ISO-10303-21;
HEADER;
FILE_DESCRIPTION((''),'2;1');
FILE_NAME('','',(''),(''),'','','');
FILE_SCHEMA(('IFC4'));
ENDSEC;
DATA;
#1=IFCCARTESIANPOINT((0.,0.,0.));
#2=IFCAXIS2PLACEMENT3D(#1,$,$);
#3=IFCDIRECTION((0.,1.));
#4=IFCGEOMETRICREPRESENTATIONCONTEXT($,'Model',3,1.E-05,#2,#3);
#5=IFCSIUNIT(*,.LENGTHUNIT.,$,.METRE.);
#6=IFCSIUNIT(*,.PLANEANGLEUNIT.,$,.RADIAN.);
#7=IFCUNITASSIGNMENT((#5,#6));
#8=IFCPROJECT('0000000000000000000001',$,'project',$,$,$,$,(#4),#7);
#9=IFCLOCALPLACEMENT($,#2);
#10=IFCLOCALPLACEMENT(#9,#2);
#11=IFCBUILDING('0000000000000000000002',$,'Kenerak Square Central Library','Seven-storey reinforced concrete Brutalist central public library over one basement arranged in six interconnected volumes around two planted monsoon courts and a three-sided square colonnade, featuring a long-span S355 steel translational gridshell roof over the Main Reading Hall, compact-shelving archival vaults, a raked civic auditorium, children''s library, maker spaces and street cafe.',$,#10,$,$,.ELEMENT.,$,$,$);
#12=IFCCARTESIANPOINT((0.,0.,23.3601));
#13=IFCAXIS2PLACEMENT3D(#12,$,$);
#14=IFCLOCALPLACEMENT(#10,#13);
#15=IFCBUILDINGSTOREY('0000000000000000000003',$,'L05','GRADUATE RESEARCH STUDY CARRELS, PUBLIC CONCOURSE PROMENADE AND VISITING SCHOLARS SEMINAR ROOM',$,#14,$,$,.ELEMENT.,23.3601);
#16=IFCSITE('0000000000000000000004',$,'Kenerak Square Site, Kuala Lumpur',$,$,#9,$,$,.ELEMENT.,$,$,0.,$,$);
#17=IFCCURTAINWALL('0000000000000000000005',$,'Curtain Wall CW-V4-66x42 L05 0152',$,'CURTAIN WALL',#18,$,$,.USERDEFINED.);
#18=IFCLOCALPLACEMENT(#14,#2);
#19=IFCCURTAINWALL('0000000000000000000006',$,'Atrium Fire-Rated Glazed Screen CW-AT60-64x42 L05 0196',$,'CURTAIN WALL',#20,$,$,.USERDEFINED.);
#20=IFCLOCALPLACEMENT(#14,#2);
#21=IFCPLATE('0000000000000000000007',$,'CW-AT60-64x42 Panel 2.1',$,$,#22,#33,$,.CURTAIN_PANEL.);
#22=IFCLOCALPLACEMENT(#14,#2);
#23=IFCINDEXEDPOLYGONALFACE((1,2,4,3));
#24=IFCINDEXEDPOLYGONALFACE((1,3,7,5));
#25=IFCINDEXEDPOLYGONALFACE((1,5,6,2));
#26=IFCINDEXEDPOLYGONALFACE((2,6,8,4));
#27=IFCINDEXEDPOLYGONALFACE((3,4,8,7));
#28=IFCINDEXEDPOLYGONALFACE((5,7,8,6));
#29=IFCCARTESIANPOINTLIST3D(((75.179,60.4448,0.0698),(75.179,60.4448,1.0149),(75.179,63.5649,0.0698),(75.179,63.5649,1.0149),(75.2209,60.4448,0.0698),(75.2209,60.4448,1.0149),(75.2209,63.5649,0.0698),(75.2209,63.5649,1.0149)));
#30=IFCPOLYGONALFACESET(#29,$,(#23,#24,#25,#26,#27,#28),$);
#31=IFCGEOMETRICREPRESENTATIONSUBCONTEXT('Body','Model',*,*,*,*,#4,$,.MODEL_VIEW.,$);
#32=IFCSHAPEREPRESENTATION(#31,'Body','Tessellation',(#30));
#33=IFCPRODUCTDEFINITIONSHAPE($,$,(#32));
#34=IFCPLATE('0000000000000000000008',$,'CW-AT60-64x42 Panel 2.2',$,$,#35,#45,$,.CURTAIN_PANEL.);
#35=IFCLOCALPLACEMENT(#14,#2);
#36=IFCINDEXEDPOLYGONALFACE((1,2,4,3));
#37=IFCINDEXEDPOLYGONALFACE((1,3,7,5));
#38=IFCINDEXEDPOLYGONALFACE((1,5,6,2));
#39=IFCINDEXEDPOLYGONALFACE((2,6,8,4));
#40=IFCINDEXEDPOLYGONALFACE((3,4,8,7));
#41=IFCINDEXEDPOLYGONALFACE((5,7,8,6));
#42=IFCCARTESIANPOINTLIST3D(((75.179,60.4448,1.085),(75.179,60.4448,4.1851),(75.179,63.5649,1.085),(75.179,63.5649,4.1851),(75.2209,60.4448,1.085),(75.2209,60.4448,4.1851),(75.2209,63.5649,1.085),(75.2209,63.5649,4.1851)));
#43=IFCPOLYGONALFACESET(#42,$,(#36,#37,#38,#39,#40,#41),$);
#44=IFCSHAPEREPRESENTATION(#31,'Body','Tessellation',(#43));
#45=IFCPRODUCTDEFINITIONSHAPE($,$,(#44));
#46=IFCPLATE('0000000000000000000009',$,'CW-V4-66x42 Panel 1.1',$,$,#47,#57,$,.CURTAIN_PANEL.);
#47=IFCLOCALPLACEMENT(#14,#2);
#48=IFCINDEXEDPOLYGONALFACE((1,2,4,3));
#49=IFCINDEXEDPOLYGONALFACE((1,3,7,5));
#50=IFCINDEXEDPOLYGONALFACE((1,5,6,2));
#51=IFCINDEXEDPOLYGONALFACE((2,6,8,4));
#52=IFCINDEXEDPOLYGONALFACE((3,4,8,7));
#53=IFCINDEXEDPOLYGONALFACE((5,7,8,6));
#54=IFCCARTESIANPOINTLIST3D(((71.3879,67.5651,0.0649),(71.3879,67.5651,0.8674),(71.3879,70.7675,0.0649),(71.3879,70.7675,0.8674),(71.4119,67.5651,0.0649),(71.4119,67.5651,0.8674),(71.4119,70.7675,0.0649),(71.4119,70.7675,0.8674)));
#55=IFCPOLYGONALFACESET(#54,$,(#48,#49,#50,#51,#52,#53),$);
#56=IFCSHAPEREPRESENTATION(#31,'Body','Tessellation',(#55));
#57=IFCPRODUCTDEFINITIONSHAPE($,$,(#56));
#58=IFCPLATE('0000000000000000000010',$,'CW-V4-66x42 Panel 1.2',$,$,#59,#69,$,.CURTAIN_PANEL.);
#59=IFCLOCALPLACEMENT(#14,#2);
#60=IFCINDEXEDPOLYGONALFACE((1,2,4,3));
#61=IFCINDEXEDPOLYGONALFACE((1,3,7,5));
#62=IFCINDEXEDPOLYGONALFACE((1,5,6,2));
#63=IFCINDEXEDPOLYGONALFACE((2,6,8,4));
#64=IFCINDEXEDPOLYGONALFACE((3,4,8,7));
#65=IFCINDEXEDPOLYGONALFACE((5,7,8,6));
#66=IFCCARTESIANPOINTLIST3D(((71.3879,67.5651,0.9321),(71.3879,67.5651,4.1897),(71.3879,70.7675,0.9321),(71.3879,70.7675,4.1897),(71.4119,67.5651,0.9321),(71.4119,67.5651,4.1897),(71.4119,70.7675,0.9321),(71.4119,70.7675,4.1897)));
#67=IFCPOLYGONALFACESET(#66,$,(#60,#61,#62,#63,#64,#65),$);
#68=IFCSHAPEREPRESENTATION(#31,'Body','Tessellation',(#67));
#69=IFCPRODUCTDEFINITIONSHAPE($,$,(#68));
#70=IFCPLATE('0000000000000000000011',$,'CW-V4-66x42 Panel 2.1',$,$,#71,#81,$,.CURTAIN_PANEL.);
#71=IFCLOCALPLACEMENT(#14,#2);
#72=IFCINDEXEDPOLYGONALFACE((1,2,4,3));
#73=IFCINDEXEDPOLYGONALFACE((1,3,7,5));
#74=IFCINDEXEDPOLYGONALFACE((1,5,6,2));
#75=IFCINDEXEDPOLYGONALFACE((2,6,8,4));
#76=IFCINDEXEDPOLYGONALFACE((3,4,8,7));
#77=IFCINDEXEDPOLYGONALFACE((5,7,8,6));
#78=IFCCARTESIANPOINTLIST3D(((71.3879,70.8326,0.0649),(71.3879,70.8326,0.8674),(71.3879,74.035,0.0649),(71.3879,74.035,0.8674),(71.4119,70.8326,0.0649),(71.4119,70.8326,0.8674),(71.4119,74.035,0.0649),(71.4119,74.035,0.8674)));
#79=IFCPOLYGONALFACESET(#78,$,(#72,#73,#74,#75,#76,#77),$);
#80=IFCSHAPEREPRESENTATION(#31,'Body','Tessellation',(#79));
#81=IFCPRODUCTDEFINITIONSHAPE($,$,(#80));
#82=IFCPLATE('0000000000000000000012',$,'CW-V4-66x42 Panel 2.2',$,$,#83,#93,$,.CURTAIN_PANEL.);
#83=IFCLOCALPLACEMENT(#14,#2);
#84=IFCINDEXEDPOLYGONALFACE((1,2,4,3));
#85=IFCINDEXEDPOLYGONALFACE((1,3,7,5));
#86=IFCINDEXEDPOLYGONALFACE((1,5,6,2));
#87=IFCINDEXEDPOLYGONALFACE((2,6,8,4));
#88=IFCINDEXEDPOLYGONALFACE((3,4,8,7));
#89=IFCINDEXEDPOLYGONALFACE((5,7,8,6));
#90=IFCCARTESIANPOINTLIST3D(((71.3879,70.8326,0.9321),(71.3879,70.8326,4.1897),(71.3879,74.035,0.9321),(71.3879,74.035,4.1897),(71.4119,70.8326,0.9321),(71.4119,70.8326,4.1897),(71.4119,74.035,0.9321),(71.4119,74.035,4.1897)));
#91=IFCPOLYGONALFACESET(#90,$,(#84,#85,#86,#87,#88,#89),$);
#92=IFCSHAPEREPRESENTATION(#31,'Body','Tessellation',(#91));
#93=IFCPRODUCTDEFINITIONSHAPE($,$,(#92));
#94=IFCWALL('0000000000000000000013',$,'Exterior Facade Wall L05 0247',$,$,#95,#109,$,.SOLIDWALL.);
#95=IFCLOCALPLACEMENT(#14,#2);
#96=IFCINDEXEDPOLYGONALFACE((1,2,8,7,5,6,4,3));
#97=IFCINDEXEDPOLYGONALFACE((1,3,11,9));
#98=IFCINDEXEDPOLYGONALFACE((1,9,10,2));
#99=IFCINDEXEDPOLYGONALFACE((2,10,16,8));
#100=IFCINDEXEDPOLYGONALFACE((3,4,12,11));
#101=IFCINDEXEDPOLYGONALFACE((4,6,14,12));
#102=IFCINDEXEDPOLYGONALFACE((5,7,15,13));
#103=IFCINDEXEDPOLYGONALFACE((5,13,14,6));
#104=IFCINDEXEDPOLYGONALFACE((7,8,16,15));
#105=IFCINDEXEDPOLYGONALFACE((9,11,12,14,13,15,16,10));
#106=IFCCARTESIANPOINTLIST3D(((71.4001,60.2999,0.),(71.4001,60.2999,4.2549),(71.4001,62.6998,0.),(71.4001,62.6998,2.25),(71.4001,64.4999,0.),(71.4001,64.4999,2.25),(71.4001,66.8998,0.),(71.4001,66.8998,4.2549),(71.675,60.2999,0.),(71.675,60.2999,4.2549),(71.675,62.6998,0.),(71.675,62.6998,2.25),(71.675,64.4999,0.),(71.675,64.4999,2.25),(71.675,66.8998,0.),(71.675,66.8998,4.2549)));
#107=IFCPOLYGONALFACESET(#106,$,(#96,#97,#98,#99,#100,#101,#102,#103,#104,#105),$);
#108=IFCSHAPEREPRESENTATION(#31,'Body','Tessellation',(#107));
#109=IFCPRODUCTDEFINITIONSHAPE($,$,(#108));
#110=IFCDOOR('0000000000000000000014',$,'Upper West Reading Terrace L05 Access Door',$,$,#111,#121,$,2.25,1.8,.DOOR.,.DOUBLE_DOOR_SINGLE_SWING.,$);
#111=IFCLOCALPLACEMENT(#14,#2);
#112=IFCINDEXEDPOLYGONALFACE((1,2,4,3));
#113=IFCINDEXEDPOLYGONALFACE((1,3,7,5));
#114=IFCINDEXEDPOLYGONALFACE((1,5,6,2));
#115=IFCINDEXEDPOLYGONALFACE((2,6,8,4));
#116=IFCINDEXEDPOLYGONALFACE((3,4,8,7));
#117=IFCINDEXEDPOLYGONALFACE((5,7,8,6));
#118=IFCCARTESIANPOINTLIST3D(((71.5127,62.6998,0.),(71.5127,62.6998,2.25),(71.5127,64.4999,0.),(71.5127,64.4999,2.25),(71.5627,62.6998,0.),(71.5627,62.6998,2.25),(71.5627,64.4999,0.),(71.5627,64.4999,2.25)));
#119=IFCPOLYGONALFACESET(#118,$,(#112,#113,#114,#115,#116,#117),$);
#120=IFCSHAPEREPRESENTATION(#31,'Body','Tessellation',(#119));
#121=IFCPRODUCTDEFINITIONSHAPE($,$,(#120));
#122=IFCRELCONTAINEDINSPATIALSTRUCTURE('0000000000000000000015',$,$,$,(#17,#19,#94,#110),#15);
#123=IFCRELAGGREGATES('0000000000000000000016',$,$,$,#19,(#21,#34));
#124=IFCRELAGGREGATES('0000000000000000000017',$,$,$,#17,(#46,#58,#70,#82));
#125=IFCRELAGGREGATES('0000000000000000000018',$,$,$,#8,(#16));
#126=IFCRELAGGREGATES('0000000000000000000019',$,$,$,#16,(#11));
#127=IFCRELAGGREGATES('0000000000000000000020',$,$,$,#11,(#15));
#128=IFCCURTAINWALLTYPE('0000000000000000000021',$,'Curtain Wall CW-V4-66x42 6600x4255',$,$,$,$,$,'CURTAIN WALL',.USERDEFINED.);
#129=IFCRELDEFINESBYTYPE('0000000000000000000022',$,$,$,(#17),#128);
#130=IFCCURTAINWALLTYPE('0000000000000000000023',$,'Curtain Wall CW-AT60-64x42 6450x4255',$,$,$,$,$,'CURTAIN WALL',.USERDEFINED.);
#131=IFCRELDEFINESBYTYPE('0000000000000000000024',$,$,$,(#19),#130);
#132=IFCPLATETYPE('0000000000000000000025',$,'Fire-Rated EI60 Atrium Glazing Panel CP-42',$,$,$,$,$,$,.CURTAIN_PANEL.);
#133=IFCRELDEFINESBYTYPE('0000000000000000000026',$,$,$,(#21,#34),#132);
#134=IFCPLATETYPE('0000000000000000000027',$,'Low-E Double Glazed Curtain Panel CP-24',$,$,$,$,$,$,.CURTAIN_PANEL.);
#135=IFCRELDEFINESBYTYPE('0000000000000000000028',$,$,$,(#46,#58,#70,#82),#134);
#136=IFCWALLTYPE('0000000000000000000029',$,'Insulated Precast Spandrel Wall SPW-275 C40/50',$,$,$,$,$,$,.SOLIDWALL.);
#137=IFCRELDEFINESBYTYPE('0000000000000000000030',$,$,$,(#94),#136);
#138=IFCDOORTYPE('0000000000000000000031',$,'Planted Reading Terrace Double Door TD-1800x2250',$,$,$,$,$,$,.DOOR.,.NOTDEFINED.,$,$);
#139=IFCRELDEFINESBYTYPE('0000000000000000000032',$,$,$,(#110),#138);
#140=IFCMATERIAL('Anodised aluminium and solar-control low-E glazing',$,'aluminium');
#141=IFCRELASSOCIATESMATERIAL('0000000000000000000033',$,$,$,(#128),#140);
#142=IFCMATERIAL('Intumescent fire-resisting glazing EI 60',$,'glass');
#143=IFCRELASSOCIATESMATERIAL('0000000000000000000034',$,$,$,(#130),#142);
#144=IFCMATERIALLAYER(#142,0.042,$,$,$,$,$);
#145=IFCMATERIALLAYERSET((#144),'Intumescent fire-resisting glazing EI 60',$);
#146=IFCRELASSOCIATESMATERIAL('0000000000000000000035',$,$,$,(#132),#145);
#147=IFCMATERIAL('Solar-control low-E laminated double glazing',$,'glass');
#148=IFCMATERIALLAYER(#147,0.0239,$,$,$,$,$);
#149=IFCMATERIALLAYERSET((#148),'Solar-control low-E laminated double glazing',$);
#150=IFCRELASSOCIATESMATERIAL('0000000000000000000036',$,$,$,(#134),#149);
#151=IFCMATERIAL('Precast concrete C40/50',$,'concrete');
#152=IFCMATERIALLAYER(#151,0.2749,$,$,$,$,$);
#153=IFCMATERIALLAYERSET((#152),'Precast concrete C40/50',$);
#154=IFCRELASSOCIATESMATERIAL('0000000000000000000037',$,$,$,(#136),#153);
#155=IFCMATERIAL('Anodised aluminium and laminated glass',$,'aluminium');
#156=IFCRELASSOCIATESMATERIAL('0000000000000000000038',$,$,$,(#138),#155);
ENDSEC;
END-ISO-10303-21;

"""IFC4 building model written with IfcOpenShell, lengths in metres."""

from ifc_helpers import new_model, si_unit, direction, frame, frame_2d, origin, origin_2d, place, context, subcontext, project, spatial, rectangle, extrude, material, layer, layer_set, type_object, element, fill, aggregate, save


model = new_model("IFC4")

# Units and contexts
model_context = context("Model", 3, precision=1e-05, world=origin(), true_north=direction((0.0, 1.0)))
body_context = subcontext(model_context, "Body", "Model", "MODEL_VIEW")
ifc_project = project(units=[si_unit("LENGTHUNIT", "METRE"), si_unit("PLANEANGLEUNIT", "RADIAN")], contexts=[model_context])

# Site, building, storey
site_placement = place(None, origin())
site = spatial("IfcSite", under=ifc_project, at=site_placement, Name="Kenerak Square Site, Kuala Lumpur", CompositionType="ELEMENT", RefElevation=0.0)
building_placement = place(site_placement, origin())
building = spatial("IfcBuilding", under=site, at=building_placement, Name="Kenerak Square Central Library", Description="Seven-storey reinforced concrete Brutalist central public library over one basement arranged in six interconnected volumes around two planted monsoon courts and a three-sided square colonnade, featuring a long-span S355 steel translational gridshell roof over the Main Reading Hall, compact-shelving archival vaults, a raked civic auditorium, children's library, maker spaces and street cafe.", CompositionType="ELEMENT")
storey_placement = place(building_placement, frame((0.0, 0.0, 23.3601)))
storey = spatial("IfcBuildingStorey", under=building, at=storey_placement, Name="L05", Description="GRADUATE RESEARCH STUDY CARRELS, PUBLIC CONCOURSE PROMENADE AND VISITING SCHOLARS SEMINAR ROOM", CompositionType="ELEMENT", Elevation=23.3601)

# Curtain wall
ifc_material_1 = material(Name="Anodised aluminium and solar-control low-E glazing", Category="aluminium")
curtain_wall_type_1 = type_object("IfcCurtainWallType", Name="Curtain Wall CW-V4-66x42 6600x4255", ElementType="CURTAIN WALL", PredefinedType="USERDEFINED", material=ifc_material_1)
curtain_wall_1_placement = place(storey_placement, origin())
curtain_wall_1 = element("IfcCurtainWall", 1, at=curtain_wall_1_placement, inside=storey, type_object=curtain_wall_type_1, Name="Curtain Wall CW-V4-66x42 L05 0152", ObjectType="CURTAIN WALL", PredefinedType="USERDEFINED")

# Curtain wall, plates
ifc_material_2 = material(Name="Intumescent fire-resisting glazing EI 60", Category="glass")
curtain_wall_type_2 = type_object("IfcCurtainWallType", Name="Curtain Wall CW-AT60-64x42 6450x4255", ElementType="CURTAIN WALL", PredefinedType="USERDEFINED", material=ifc_material_2)
curtain_wall_2_placement = place(storey_placement, origin())
curtain_wall_2 = element("IfcCurtainWall", 2, at=curtain_wall_2_placement, inside=storey, type_object=curtain_wall_type_2, Name="Atrium Fire-Rated Glazed Screen CW-AT60-64x42 L05 0196", ObjectType="CURTAIN WALL", PredefinedType="USERDEFINED")
ifc_layer_1 = layer(ifc_material_2, 0.042)
ifc_layer_set_1 = layer_set([ifc_layer_1], Name="Intumescent fire-resisting glazing EI 60")
plate_type_1 = type_object("IfcPlateType", Name="Fire-Rated EI60 Atrium Glazing Panel CP-42", PredefinedType="CURTAIN_PANEL", material=ifc_layer_set_1)
plate_1_placement = place(storey_placement, frame((75.2, 62.0049, 0.0698), z_axis=(0.0, 0.0, 1.0), x_axis=(0.0, -1.0, 0.0)))
plate_1 = element("IfcPlate", 3, at=plate_1_placement, type_object=plate_type_1, Name="CW-AT60-64x42 Panel 2.1", PredefinedType="CURTAIN_PANEL", context=body_context, shape_type="SweptSolid", body=[
    extrude(rectangle(XDim=3.1201, YDim=0.042, at=origin_2d()), origin(), (0.0, 0.0, 1.0), 0.9451),
])
plate_2_placement = place(storey_placement, frame((75.2, 62.0049, 1.085), z_axis=(0.0, 0.0, 1.0), x_axis=(0.0, -1.0, 0.0)))
plate_2 = element("IfcPlate", 4, at=plate_2_placement, type_object=plate_type_1, Name="CW-AT60-64x42 Panel 2.2", PredefinedType="CURTAIN_PANEL", context=body_context, shape_type="SweptSolid", body=[
    extrude(rectangle(XDim=3.1201, YDim=0.042, at=origin_2d()), origin(), (0.0, 0.0, 1.0), 3.1001),
])
aggregate(curtain_wall_2, [plate_1, plate_2])

# Plates
ifc_material_3 = material(Name="Solar-control low-E laminated double glazing", Category="glass")
ifc_layer_2 = layer(ifc_material_3, 0.0239)
ifc_layer_set_2 = layer_set([ifc_layer_2], Name="Solar-control low-E laminated double glazing")
plate_type_2 = type_object("IfcPlateType", Name="Low-E Double Glazed Curtain Panel CP-24", PredefinedType="CURTAIN_PANEL", material=ifc_layer_set_2)
plate_3_placement = place(storey_placement, frame((71.3999, 69.1663, 0.0649), z_axis=(0.0, 0.0, 1.0), x_axis=(0.0, 1.0, 0.0)))
plate_3 = element("IfcPlate", 5, at=plate_3_placement, type_object=plate_type_2, Name="CW-V4-66x42 Panel 1.1", PredefinedType="CURTAIN_PANEL", context=body_context, shape_type="SweptSolid", body=[
    extrude(rectangle(XDim=3.2024, YDim=0.0239, at=origin_2d()), origin(), (0.0, 0.0, 1.0), 0.8025),
])
plate_4_placement = place(storey_placement, frame((71.3999, 69.1663, 0.9321), z_axis=(0.0, 0.0, 1.0), x_axis=(0.0, 1.0, 0.0)))
plate_4 = element("IfcPlate", 6, at=plate_4_placement, type_object=plate_type_2, Name="CW-V4-66x42 Panel 1.2", PredefinedType="CURTAIN_PANEL", context=body_context, shape_type="SweptSolid", body=[
    extrude(rectangle(XDim=3.2024, YDim=0.0239, at=origin_2d()), origin(), (0.0, 0.0, 1.0), 3.2576),
])
plate_5_placement = place(storey_placement, frame((71.3999, 72.4338, 0.0649), z_axis=(0.0, 0.0, 1.0), x_axis=(0.0, 1.0, 0.0)))
plate_5 = element("IfcPlate", 7, at=plate_5_placement, type_object=plate_type_2, Name="CW-V4-66x42 Panel 2.1", PredefinedType="CURTAIN_PANEL", context=body_context, shape_type="SweptSolid", body=[
    extrude(rectangle(XDim=3.2024, YDim=0.0239, at=origin_2d()), origin(), (0.0, 0.0, 1.0), 0.8025),
])
plate_6_placement = place(storey_placement, frame((71.3999, 72.4338, 0.9321), z_axis=(0.0, 0.0, 1.0), x_axis=(0.0, 1.0, 0.0)))
plate_6 = element("IfcPlate", 8, at=plate_6_placement, type_object=plate_type_2, Name="CW-V4-66x42 Panel 2.2", PredefinedType="CURTAIN_PANEL", context=body_context, shape_type="SweptSolid", body=[
    extrude(rectangle(XDim=3.2024, YDim=0.0239, at=origin_2d()), origin(), (0.0, 0.0, 1.0), 3.2576),
])
aggregate(curtain_wall_1, [plate_3, plate_4, plate_5, plate_6])

# Wall, opening, door
ifc_material_4 = material(Name="Precast concrete C40/50", Category="concrete")
ifc_layer_3 = layer(ifc_material_4, 0.2749)
ifc_layer_set_3 = layer_set([ifc_layer_3], Name="Precast concrete C40/50")
wall_type = type_object("IfcWallType", Name="Insulated Precast Spandrel Wall SPW-275 C40/50", PredefinedType="SOLIDWALL", material=ifc_layer_set_3)
wall_placement = place(storey_placement, frame((71.5376, 60.3, 0.0), z_axis=(0.0, 0.0, 1.0), x_axis=(0.0, 1.0, 0.0)))
wall = element("IfcWall", 9, at=wall_placement, inside=storey, type_object=wall_type, Name="Exterior Facade Wall L05 0247", PredefinedType="SOLIDWALL", context=body_context, shape_type="SweptSolid", body=[
    extrude(rectangle(XDim=6.5999, YDim=0.2749, at=frame_2d((3.2998, 0.0))), origin(), (0.0, 0.0, 1.0), 4.2549),
])
opening_placement = place(wall_placement, frame((2.3999, 0.0, 0.0)))
opening = element("IfcOpeningElement", 10, at=opening_placement, cuts=wall, PredefinedType="OPENING", context=body_context, shape_type="SweptSolid", body=[
    extrude(rectangle(XDim=1.8, YDim=2.25, at=frame_2d((0.8999, 1.125))), frame((0.0, 0.1475, 0.0), z_axis=(0.0, -1.0, 0.0), x_axis=(1.0, 0.0, 0.0)), (0.0, 0.0, 1.0), 0.2949),
])
ifc_material_5 = material(Name="Anodised aluminium and laminated glass", Category="aluminium")
door_type = type_object("IfcDoorType", Name="Planted Reading Terrace Double Door TD-1800x2250", OperationType="NOTDEFINED", PredefinedType="DOOR", material=ifc_material_5)
door_placement = place(opening_placement, origin())
door = element("IfcDoor", 11, at=door_placement, inside=storey, type_object=door_type, Name="Upper West Reading Terrace L05 Access Door", OperationType="DOUBLE_DOOR_SINGLE_SWING", OverallHeight=2.25, OverallWidth=1.8, PredefinedType="DOOR", context=body_context, shape_type="SweptSolid", body=[
    extrude(rectangle(XDim=1.8, YDim=2.25, at=frame_2d((0.8999, 1.125))), frame((0.0, 0.0249, 0.0), z_axis=(0.0, -1.0, 0.0), x_axis=(1.0, 0.0, 0.0)), (0.0, 0.0, 1.0), 0.05),
])
fill(opening, door)

save(model, "model.ifc")
